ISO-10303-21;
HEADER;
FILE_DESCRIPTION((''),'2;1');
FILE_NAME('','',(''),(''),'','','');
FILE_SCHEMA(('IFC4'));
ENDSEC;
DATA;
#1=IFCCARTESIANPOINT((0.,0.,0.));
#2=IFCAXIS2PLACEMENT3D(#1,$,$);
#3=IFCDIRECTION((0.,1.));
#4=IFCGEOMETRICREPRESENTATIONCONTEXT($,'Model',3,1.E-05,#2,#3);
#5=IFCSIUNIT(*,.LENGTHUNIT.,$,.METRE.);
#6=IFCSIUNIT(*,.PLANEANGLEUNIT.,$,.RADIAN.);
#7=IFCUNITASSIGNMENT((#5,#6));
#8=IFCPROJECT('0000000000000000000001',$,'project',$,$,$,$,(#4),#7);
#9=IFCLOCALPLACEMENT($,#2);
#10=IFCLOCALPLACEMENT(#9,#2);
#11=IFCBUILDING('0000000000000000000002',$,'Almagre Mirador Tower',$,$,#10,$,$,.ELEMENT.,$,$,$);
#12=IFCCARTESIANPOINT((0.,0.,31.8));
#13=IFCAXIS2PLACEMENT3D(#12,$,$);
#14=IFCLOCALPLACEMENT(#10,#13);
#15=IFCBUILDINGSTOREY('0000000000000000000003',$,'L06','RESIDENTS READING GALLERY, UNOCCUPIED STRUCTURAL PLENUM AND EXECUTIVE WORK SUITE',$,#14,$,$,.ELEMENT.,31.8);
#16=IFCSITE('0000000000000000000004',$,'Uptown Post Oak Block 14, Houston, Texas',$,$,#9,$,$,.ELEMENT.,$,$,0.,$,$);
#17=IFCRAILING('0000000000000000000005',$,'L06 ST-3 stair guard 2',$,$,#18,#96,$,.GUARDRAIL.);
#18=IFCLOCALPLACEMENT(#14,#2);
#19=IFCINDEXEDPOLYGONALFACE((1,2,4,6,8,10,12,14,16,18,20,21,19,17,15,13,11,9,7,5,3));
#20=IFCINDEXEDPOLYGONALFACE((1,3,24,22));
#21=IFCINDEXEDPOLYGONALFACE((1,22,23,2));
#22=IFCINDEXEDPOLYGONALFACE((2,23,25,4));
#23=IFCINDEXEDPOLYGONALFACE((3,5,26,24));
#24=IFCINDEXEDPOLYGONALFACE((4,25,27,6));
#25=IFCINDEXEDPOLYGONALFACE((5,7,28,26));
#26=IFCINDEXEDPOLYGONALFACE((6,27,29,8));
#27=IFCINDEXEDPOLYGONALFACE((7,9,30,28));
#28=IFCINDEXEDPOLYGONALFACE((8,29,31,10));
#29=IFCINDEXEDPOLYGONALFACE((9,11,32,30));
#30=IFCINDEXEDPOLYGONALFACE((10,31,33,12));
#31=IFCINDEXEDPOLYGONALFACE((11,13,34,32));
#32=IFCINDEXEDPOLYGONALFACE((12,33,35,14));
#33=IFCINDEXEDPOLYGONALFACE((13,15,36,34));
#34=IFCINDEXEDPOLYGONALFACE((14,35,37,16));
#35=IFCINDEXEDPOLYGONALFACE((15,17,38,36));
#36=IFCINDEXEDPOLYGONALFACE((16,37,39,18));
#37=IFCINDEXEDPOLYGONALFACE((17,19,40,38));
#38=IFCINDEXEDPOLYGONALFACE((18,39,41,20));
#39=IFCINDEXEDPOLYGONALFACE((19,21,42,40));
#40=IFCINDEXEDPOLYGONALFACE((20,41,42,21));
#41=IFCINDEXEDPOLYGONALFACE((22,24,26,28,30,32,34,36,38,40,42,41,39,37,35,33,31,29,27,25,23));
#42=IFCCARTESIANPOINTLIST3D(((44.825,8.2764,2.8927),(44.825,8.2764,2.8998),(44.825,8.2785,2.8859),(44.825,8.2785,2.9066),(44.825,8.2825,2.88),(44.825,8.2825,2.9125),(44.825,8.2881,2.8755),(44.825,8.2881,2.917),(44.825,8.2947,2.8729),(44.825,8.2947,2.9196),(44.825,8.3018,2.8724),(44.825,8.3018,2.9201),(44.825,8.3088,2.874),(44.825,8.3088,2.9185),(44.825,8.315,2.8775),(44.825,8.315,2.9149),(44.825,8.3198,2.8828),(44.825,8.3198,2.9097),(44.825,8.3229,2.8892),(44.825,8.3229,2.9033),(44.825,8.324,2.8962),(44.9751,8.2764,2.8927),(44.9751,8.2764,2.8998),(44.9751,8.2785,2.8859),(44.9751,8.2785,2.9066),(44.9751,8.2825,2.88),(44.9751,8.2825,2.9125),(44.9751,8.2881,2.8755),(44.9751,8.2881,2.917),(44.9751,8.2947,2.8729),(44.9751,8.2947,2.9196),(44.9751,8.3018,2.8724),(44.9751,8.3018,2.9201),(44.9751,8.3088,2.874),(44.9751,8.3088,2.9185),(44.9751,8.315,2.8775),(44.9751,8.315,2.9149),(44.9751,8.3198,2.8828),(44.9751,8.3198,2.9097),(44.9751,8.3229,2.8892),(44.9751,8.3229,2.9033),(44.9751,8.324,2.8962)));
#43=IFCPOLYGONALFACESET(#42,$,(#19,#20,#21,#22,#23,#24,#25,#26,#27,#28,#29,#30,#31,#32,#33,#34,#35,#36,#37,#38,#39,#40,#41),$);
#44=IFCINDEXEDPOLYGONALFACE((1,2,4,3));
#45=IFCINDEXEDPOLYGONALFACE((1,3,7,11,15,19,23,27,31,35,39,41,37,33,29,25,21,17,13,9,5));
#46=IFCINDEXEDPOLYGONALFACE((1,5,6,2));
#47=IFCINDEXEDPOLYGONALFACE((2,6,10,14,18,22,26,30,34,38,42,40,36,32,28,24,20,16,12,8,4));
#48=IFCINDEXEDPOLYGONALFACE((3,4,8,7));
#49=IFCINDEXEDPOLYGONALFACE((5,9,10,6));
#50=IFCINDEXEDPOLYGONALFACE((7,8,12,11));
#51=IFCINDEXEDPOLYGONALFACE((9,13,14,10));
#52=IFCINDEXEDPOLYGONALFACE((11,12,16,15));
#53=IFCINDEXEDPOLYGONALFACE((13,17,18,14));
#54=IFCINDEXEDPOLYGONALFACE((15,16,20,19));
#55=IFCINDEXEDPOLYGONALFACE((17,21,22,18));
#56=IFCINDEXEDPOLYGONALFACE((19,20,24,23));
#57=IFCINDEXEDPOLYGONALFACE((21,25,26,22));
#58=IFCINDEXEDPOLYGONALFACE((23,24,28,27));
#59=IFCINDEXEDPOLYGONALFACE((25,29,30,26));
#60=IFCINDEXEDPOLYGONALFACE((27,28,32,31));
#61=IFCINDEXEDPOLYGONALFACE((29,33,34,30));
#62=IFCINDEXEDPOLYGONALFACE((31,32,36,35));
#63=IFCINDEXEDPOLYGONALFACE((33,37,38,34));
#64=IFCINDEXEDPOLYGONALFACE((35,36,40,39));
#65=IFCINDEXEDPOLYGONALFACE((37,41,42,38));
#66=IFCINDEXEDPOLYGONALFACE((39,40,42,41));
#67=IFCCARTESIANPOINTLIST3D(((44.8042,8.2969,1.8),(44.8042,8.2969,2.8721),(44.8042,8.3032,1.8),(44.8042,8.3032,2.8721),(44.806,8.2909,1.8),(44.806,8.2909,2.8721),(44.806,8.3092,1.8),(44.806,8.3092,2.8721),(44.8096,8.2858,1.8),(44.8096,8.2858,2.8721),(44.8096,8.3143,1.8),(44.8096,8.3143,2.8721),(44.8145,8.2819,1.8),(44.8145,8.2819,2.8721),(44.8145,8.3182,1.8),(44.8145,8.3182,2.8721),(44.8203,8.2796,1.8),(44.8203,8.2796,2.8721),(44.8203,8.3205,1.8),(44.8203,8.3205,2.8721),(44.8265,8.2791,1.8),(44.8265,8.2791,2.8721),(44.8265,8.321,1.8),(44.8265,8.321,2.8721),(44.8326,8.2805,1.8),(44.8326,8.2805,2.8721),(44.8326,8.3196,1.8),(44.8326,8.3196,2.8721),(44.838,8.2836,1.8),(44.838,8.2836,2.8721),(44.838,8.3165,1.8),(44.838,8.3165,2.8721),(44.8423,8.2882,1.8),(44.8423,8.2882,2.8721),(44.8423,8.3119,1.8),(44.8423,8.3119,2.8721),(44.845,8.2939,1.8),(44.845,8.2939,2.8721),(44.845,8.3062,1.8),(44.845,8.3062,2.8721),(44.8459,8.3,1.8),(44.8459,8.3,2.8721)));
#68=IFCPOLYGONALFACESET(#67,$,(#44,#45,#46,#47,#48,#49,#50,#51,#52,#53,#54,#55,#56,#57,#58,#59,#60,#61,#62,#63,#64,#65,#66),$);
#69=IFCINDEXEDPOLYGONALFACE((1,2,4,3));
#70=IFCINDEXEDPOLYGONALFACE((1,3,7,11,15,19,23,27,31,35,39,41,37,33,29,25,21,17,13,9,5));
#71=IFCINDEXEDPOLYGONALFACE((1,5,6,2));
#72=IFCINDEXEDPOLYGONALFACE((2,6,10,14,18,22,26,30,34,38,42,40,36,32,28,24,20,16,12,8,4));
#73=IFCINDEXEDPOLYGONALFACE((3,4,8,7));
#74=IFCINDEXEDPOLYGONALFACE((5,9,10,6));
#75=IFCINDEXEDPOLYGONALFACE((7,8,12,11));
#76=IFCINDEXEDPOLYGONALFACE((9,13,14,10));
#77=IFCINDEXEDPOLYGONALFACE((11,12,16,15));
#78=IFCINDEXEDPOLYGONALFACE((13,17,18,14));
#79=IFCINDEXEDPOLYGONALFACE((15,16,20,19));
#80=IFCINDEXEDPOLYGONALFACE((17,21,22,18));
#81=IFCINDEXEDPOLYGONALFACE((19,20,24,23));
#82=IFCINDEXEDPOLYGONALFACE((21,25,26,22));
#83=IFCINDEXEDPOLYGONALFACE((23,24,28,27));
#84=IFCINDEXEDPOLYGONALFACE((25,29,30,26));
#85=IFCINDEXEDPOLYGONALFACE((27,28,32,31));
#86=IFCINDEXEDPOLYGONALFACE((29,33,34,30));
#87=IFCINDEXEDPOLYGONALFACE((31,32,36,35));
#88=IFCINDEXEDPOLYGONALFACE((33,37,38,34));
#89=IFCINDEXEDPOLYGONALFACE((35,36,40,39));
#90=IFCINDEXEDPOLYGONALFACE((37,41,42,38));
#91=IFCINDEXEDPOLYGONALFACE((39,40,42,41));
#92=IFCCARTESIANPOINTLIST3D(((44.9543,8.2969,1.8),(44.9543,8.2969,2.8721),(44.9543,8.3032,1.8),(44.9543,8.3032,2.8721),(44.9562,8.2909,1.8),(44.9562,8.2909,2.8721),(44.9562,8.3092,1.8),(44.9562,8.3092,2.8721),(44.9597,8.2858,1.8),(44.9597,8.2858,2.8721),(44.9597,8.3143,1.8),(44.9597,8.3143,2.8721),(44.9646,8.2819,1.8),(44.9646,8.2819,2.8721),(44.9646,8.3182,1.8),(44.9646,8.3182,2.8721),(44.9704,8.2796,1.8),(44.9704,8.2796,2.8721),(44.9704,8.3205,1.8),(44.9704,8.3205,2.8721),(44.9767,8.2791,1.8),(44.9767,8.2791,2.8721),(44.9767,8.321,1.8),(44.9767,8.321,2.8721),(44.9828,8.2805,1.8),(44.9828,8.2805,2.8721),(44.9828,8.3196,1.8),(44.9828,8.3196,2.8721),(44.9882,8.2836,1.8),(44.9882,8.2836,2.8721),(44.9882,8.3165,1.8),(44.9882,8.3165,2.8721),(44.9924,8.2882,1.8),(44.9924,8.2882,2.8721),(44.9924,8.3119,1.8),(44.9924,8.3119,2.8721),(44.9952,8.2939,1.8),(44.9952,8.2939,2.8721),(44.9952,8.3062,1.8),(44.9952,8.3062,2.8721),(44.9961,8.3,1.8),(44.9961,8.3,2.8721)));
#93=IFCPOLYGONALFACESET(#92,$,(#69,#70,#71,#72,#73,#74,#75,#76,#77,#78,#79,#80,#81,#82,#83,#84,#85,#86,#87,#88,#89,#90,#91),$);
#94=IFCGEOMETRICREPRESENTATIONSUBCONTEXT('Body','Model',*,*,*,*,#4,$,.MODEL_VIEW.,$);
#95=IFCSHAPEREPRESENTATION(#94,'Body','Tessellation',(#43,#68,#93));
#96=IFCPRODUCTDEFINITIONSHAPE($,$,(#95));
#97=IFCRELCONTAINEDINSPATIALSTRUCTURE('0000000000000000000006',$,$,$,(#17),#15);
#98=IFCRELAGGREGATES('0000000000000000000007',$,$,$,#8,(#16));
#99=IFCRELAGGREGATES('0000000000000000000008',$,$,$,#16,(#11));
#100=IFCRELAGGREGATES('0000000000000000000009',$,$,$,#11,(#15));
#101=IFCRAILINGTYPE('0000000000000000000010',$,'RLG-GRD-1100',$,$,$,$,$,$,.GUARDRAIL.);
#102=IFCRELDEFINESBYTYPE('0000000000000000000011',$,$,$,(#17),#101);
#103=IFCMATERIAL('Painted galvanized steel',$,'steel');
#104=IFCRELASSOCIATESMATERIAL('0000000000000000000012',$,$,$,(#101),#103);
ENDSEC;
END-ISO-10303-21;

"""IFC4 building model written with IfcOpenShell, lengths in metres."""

from ifc_helpers import new_model, si_unit, direction, frame, origin, origin_2d, place, context, subcontext, project, spatial, circle, extrude, material, type_object, element, save


model = new_model("IFC4")

# Units and contexts
model_context = context("Model", 3, precision=1e-05, world=origin(), true_north=direction((0.0, 1.0)))
body_context = subcontext(model_context, "Body", "Model", "MODEL_VIEW")
ifc_project = project(units=[si_unit("LENGTHUNIT", "METRE"), si_unit("PLANEANGLEUNIT", "RADIAN")], contexts=[model_context])

# Site, building, storey
site_placement = place(None, origin())
site = spatial("IfcSite", under=ifc_project, at=site_placement, Name="Uptown Post Oak Block 14, Houston, Texas", CompositionType="ELEMENT", RefElevation=0.0)
building_placement = place(site_placement, origin())
building = spatial("IfcBuilding", under=site, at=building_placement, Name="Almagre Mirador Tower", CompositionType="ELEMENT")
storey_placement = place(building_placement, frame((0.0, 0.0, 31.8)))
storey = spatial("IfcBuildingStorey", under=building, at=storey_placement, Name="L06", Description="RESIDENTS READING GALLERY, UNOCCUPIED STRUCTURAL PLENUM AND EXECUTIVE WORK SUITE", CompositionType="ELEMENT", Elevation=31.8)

# Railing
ifc_material_1 = material(Name="Painted galvanized steel", Category="steel")
railing_type_1 = type_object("IfcRailingType", Name="RLG-GRD-1100", PredefinedType="GUARDRAIL", material=ifc_material_1)
railing_1_placement = place(storey_placement, frame((44.825, 8.3, 1.8)))
element("IfcRailing", 1, at=railing_1_placement, inside=storey, type_object=railing_type_1, Name="L06 ST-3 stair guard 2", PredefinedType="GUARDRAIL", context=body_context, shape_type="SweptSolid", body=[
    extrude(circle(Radius=0.0239, at=origin_2d()), frame((0.0, 0.0, 1.0962), z_axis=(1.0, 0.0, 0.0), x_axis=(0.0, 1.0, 0.0)), (0.0, 0.0, 1.0), 0.1501),
    extrude(circle(Radius=0.021, at=origin_2d()), origin(), (0.0, 0.0, 1.0), 1.072),
    extrude(circle(Radius=0.021, at=origin_2d()), frame((0.1501, 0.0, 0.0)), (0.0, 0.0, 1.0), 1.072),
])

save(model, "model.ifc")
